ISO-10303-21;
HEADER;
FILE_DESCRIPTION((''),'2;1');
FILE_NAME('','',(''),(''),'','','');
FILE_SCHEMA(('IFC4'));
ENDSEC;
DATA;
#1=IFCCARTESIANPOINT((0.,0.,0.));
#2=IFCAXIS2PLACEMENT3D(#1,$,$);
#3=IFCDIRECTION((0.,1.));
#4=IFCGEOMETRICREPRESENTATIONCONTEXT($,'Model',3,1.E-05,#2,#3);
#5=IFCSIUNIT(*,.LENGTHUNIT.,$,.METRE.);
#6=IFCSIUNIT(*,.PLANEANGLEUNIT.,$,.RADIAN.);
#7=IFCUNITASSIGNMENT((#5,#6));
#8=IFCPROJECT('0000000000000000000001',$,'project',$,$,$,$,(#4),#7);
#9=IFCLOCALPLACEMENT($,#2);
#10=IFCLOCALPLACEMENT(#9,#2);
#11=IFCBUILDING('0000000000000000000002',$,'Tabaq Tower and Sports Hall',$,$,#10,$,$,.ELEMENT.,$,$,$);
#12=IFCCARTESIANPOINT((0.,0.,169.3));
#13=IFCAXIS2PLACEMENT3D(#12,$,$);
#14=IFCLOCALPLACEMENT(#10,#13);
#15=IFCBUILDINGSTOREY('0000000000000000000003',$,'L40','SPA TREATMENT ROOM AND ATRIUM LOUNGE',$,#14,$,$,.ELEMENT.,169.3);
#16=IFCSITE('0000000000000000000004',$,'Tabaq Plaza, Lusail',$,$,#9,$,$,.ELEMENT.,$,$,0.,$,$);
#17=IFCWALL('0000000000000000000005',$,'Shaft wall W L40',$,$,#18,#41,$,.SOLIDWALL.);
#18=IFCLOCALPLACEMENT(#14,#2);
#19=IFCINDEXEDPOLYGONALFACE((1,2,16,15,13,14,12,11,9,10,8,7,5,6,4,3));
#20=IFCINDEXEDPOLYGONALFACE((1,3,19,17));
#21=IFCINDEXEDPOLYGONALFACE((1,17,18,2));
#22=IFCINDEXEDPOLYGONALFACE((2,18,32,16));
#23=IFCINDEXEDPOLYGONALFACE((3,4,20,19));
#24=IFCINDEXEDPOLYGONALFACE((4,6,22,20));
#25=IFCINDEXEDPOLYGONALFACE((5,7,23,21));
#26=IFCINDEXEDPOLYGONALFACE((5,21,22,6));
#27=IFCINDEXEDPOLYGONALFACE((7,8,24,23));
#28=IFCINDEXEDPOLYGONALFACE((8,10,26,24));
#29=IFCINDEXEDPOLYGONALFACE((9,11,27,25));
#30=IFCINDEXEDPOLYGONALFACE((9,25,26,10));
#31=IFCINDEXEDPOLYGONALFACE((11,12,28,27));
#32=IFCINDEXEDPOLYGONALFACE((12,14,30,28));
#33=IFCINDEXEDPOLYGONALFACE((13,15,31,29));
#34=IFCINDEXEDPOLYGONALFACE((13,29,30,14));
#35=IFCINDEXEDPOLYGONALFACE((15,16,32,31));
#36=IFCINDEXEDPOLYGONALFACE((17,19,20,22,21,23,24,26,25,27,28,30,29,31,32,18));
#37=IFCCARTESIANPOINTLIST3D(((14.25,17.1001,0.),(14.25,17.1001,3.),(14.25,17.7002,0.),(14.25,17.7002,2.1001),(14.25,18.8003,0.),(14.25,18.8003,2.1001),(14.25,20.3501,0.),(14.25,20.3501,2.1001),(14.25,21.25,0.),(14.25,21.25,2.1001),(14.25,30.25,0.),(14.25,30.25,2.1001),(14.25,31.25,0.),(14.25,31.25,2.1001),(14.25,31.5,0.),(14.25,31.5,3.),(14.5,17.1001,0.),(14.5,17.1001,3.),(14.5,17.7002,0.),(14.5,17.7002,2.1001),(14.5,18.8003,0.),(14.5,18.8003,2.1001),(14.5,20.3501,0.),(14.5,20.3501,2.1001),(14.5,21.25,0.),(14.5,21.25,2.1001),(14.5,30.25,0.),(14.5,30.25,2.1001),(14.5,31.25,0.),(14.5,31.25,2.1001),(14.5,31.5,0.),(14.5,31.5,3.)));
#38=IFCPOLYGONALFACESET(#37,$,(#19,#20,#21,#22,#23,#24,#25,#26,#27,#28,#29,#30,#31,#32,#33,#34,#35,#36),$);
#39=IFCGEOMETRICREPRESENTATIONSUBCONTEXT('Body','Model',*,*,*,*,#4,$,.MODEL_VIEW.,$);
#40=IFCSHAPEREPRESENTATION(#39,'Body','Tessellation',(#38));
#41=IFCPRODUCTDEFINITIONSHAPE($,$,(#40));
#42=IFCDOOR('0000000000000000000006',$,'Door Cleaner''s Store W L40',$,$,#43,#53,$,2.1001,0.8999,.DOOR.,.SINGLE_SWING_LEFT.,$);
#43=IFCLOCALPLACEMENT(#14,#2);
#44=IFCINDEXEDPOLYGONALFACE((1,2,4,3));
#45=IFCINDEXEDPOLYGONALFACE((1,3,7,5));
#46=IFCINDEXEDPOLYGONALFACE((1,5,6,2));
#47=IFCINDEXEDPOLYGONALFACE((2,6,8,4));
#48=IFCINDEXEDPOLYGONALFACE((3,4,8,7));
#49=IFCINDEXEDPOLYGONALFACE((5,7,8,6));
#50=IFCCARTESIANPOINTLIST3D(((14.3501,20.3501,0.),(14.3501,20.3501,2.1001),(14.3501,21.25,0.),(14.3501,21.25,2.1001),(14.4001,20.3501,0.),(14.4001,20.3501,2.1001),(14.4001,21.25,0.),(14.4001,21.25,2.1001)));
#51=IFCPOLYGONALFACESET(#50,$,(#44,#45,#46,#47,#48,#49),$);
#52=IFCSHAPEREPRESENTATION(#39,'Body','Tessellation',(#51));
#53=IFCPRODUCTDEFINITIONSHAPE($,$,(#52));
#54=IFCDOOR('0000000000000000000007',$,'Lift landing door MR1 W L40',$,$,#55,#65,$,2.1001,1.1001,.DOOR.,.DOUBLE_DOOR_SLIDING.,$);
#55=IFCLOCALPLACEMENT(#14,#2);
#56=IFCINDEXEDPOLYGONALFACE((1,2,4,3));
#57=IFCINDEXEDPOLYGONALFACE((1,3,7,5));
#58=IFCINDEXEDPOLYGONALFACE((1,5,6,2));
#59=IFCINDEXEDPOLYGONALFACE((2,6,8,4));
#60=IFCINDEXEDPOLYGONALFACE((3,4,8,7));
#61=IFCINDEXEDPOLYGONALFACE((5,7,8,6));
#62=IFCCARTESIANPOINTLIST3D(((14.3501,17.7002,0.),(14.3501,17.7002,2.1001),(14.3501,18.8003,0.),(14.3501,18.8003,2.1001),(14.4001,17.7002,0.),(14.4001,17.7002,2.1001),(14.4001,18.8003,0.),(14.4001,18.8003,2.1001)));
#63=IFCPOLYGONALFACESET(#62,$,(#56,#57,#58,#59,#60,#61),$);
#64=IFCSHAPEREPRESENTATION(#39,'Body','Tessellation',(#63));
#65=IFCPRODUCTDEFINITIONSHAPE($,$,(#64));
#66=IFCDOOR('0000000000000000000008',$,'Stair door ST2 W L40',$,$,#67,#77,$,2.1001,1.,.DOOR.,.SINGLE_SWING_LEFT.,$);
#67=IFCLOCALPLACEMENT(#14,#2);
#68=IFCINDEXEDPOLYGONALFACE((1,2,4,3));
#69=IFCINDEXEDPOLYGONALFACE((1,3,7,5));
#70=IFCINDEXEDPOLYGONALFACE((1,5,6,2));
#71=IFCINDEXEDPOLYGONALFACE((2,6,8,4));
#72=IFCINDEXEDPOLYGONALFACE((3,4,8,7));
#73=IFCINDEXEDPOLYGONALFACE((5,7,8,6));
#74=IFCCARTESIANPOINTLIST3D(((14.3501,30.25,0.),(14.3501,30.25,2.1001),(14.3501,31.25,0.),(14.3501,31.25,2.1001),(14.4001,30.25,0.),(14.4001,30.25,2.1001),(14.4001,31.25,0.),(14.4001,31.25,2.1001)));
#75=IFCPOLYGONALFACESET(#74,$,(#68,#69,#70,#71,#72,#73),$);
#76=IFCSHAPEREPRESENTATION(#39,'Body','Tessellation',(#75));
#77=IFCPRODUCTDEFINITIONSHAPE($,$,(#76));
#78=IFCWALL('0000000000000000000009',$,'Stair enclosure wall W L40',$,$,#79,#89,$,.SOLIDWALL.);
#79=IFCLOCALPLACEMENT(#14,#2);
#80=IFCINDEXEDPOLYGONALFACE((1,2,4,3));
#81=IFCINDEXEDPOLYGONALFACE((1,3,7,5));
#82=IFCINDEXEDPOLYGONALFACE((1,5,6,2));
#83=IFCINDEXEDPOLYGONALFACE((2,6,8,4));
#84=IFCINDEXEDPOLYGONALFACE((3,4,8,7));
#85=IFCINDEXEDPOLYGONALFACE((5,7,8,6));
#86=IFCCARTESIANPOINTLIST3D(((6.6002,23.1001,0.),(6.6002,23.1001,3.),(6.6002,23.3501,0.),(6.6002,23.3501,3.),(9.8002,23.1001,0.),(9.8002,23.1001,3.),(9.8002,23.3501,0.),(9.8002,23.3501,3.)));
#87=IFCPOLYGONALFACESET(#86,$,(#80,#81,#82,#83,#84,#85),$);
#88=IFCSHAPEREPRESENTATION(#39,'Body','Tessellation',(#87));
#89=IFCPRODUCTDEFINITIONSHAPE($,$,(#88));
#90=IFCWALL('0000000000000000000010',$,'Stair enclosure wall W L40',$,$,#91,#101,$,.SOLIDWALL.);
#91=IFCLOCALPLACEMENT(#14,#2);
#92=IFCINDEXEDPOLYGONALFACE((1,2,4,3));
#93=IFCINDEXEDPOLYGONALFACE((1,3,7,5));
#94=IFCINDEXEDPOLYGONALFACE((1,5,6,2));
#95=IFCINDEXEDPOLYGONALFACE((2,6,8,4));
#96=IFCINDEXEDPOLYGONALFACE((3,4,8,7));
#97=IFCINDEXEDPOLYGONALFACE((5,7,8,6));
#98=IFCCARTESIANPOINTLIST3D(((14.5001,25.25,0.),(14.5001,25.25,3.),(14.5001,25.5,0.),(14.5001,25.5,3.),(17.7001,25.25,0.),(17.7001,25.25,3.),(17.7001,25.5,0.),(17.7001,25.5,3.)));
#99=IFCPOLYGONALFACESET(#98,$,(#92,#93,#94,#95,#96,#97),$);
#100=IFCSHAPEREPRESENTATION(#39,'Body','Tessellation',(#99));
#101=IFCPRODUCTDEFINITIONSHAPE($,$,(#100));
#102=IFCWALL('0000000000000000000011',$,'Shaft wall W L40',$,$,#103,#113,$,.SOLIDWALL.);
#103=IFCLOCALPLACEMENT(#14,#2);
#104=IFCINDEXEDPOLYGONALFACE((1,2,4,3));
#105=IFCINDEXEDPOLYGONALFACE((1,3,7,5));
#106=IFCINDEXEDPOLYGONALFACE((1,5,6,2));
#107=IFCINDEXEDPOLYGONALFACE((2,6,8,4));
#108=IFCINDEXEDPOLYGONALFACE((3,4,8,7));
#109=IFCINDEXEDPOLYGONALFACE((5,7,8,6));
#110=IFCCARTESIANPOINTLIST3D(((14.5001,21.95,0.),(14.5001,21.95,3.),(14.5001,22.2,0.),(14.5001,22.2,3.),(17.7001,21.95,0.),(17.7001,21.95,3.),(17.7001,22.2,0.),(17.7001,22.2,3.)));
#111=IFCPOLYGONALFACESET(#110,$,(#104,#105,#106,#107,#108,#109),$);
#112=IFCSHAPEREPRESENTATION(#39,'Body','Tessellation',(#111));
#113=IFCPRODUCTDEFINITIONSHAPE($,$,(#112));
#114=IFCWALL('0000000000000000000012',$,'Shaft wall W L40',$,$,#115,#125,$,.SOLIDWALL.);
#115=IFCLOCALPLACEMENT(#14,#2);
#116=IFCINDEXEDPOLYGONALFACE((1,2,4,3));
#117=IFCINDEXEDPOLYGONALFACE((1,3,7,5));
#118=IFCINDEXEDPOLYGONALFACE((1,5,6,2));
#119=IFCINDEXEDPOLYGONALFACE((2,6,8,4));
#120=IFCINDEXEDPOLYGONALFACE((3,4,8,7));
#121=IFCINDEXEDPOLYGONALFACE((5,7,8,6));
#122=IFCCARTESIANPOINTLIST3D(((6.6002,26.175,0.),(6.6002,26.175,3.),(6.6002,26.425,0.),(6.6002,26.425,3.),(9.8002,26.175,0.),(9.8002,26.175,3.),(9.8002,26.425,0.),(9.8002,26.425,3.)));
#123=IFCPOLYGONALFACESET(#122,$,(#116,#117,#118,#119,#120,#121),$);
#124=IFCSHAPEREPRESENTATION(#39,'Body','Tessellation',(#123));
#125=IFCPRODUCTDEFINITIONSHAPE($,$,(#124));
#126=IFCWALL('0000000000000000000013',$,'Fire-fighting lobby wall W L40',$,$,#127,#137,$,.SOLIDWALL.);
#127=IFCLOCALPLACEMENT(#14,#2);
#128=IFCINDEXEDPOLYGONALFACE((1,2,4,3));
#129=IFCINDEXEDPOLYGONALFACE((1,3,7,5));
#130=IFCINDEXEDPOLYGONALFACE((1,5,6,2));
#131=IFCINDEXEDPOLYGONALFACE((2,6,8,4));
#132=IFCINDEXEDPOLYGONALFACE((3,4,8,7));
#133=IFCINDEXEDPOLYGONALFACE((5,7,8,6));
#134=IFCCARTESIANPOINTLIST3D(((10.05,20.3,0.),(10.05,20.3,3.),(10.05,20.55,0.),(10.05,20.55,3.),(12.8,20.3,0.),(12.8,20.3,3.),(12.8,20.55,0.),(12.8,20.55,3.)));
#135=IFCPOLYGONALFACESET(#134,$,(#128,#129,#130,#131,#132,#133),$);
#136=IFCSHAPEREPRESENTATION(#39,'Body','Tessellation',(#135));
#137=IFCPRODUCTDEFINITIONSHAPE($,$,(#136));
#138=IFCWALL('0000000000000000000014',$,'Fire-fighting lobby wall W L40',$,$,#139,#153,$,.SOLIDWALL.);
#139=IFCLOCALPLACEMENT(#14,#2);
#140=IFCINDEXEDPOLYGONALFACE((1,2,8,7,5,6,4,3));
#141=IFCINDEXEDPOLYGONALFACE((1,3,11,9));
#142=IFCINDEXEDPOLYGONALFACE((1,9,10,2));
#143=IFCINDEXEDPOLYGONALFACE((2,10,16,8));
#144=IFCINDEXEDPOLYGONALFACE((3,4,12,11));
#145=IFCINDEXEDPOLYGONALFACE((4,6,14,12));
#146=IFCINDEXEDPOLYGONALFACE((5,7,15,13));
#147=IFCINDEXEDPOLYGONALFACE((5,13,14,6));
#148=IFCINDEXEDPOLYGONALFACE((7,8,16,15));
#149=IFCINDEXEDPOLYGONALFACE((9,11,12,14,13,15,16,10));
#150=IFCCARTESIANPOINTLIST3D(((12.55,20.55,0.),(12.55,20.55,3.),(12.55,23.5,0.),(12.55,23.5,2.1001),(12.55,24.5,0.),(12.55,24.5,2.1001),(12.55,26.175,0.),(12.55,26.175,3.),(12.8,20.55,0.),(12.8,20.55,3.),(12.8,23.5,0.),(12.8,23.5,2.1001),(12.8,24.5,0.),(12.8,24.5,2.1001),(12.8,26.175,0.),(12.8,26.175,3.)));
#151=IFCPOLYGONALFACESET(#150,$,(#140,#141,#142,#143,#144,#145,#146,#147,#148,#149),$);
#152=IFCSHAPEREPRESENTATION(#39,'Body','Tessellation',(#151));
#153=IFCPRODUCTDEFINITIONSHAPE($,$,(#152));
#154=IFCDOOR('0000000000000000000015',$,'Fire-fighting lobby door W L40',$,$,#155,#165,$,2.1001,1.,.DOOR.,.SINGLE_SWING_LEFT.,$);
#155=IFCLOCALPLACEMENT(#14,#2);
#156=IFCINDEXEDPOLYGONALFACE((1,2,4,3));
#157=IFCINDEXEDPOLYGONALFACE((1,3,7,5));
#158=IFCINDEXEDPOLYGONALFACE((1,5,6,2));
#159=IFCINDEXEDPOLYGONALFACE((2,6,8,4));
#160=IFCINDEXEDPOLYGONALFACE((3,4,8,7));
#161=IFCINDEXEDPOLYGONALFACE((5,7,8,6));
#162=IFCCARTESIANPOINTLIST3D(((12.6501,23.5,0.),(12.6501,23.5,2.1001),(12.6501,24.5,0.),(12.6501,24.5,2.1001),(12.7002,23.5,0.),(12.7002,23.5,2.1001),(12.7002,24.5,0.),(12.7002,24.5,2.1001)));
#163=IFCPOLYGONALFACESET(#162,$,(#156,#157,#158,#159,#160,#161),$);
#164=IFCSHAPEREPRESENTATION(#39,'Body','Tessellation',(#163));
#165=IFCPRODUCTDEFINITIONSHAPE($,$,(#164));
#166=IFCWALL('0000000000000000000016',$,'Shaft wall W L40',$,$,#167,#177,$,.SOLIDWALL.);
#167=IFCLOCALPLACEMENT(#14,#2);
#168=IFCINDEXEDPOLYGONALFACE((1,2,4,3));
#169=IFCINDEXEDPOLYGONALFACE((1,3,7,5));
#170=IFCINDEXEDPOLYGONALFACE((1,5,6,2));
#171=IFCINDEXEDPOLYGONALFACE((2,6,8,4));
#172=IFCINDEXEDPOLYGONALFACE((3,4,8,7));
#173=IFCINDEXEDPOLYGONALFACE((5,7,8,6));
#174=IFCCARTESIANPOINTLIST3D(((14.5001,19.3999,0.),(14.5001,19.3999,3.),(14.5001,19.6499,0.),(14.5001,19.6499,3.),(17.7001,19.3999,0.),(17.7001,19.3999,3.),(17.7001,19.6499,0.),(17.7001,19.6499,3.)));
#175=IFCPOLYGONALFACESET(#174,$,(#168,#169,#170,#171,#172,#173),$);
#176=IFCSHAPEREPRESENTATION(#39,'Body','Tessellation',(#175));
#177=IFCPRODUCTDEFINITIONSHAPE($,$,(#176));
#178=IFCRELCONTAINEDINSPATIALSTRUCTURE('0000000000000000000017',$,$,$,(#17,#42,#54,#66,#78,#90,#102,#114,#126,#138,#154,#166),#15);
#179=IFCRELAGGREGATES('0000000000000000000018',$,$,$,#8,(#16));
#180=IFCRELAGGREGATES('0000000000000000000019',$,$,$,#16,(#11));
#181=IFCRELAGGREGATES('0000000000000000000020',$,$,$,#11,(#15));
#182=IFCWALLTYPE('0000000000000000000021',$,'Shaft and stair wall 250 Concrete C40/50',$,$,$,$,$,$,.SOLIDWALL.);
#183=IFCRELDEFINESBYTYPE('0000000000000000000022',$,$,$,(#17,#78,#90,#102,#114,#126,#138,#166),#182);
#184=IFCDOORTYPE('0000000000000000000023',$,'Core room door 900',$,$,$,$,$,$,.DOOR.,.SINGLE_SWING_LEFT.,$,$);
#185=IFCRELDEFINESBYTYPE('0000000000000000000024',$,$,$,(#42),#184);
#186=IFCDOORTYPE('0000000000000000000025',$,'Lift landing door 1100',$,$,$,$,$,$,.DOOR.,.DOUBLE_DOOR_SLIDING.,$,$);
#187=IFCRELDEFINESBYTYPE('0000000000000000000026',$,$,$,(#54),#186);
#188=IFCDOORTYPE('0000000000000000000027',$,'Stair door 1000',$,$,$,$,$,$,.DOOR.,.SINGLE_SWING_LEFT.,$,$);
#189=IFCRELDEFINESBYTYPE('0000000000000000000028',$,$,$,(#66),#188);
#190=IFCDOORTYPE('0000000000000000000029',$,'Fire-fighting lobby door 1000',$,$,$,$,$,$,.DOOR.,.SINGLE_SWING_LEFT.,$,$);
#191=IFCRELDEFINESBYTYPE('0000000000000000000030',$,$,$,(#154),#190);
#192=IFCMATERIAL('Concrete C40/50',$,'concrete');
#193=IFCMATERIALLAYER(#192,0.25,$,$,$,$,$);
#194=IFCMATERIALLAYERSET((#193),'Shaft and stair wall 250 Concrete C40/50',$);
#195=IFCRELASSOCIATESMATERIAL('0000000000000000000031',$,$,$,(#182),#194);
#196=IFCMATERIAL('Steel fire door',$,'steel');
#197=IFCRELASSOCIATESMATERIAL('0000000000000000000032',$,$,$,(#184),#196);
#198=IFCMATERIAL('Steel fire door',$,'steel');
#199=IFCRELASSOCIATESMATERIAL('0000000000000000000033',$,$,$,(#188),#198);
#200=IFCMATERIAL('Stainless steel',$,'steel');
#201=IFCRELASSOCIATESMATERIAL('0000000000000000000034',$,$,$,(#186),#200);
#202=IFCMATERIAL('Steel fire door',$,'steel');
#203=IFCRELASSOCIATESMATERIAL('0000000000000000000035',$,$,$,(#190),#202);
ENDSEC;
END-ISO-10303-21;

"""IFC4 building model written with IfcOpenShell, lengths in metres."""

from ifc_helpers import new_model, si_unit, direction, frame, frame_2d, origin, place, context, subcontext, project, spatial, rectangle, extrude, material, layer, layer_set, type_object, element, fill, save


model = new_model("IFC4")

# Units and contexts
model_context = context("Model", 3, precision=1e-05, world=origin(), true_north=direction((0.0, 1.0)))
body_context = subcontext(model_context, "Body", "Model", "MODEL_VIEW")
ifc_project = project(units=[si_unit("LENGTHUNIT", "METRE"), si_unit("PLANEANGLEUNIT", "RADIAN")], contexts=[model_context])

# Site, building, storey
site_placement = place(None, origin())
site = spatial("IfcSite", under=ifc_project, at=site_placement, Name="Tabaq Plaza, Lusail", CompositionType="ELEMENT", RefElevation=0.0)
building_placement = place(site_placement, origin())
building = spatial("IfcBuilding", under=site, at=building_placement, Name="Tabaq Tower and Sports Hall", CompositionType="ELEMENT")
storey_placement = place(building_placement, frame((0.0, 0.0, 169.3)))
storey = spatial("IfcBuildingStorey", under=building, at=storey_placement, Name="L40", Description="SPA TREATMENT ROOM AND ATRIUM LOUNGE", CompositionType="ELEMENT", Elevation=169.3)

# Wall, openings, doors
ifc_material_1 = material(Name="Concrete C40/50", Category="concrete")
ifc_layer_1 = layer(ifc_material_1, 0.25)
ifc_layer_set_1 = layer_set([ifc_layer_1], Name="Shaft and stair wall 250 Concrete C40/50")
wall_type_1 = type_object("IfcWallType", Name="Shaft and stair wall 250 Concrete C40/50", PredefinedType="SOLIDWALL", material=ifc_layer_set_1)
ifc_material_2 = material(Name="Steel fire door", Category="steel")
door_type_1 = type_object("IfcDoorType", Name="Core room door 900", OperationType="SINGLE_SWING_LEFT", PredefinedType="DOOR", material=ifc_material_2)
ifc_material_3 = material(Name="Steel fire door", Category="steel")
door_type_2 = type_object("IfcDoorType", Name="Stair door 1000", OperationType="SINGLE_SWING_LEFT", PredefinedType="DOOR", material=ifc_material_3)
wall_1_placement = place(storey_placement, frame((14.375, 17.1001, 0.0), z_axis=(0.0, 0.0, 1.0), x_axis=(0.0, 1.0, 0.0)))
wall_1 = element("IfcWall", 1, at=wall_1_placement, inside=storey, type_object=wall_type_1, Name="Shaft wall W L40", PredefinedType="SOLIDWALL", context=body_context, shape_type="SweptSolid", body=[
    extrude(rectangle(XDim=14.3999, YDim=0.25, at=frame_2d((7.2, 0.0))), origin(), (0.0, 0.0, 1.0), 3.0),
])
opening_1_placement = place(wall_1_placement, frame((13.1499, 0.0, 0.0)))
opening_1 = element("IfcOpeningElement", 2, at=opening_1_placement, cuts=wall_1, PredefinedType="OPENING", context=body_context, shape_type="SweptSolid", body=[
    extrude(rectangle(XDim=1.0, YDim=2.1001, at=frame_2d((0.5, 1.05))), frame((0.0, 0.125, 0.0), z_axis=(0.0, -1.0, 0.0), x_axis=(1.0, 0.0, 0.0)), (0.0, 0.0, 1.0), 0.25),
])
opening_2_placement = place(wall_1_placement, frame((0.6001, 0.0, 0.0)))
opening_2 = element("IfcOpeningElement", 3, at=opening_2_placement, cuts=wall_1, PredefinedType="OPENING", context=body_context, shape_type="SweptSolid", body=[
    extrude(rectangle(XDim=1.1001, YDim=2.1001, at=frame_2d((0.55, 1.05))), frame((0.0, 0.125, 0.0), z_axis=(0.0, -1.0, 0.0), x_axis=(1.0, 0.0, 0.0)), (0.0, 0.0, 1.0), 0.25),
])
opening_3_placement = place(wall_1_placement, frame((3.25, 0.0, 0.0)))
opening_3 = element("IfcOpeningElement", 4, at=opening_3_placement, cuts=wall_1, PredefinedType="OPENING", context=body_context, shape_type="SweptSolid", body=[
    extrude(rectangle(XDim=0.8999, YDim=2.1001, at=frame_2d((0.45, 1.05))), frame((0.0, 0.125, 0.0), z_axis=(0.0, -1.0, 0.0), x_axis=(1.0, 0.0, 0.0)), (0.0, 0.0, 1.0), 0.25),
])
door_1_placement = place(opening_3_placement, origin())
door_1 = element("IfcDoor", 5, at=door_1_placement, inside=storey, type_object=door_type_1, Name="Door Cleaner's Store W L40", OperationType="SINGLE_SWING_LEFT", OverallHeight=2.1001, OverallWidth=0.8999, PredefinedType="DOOR", context=body_context, shape_type="SweptSolid", body=[
    extrude(rectangle(XDim=0.8999, YDim=2.1001, at=frame_2d((0.45, 1.05))), frame((0.0, 0.0249, 0.0), z_axis=(0.0, -1.0, 0.0), x_axis=(1.0, 0.0, 0.0)), (0.0, 0.0, 1.0), 0.05),
])
fill(opening_3, door_1)
ifc_material_4 = material(Name="Stainless steel", Category="steel")
door_type_3 = type_object("IfcDoorType", Name="Lift landing door 1100", OperationType="DOUBLE_DOOR_SLIDING", PredefinedType="DOOR", material=ifc_material_4)
door_2_placement = place(opening_2_placement, origin())
door_2 = element("IfcDoor", 6, at=door_2_placement, inside=storey, type_object=door_type_3, Name="Lift landing door MR1 W L40", OperationType="DOUBLE_DOOR_SLIDING", OverallHeight=2.1001, OverallWidth=1.1001, PredefinedType="DOOR", context=body_context, shape_type="SweptSolid", body=[
    extrude(rectangle(XDim=1.1001, YDim=2.1001, at=frame_2d((0.55, 1.05))), frame((0.0, 0.0249, 0.0), z_axis=(0.0, -1.0, 0.0), x_axis=(1.0, 0.0, 0.0)), (0.0, 0.0, 1.0), 0.05),
])
fill(opening_2, door_2)
door_3_placement = place(opening_1_placement, origin())
door_3 = element("IfcDoor", 7, at=door_3_placement, inside=storey, type_object=door_type_2, Name="Stair door ST2 W L40", OperationType="SINGLE_SWING_LEFT", OverallHeight=2.1001, OverallWidth=1.0, PredefinedType="DOOR", context=body_context, shape_type="SweptSolid", body=[
    extrude(rectangle(XDim=1.0, YDim=2.1001, at=frame_2d((0.5, 1.05))), frame((0.0, 0.0249, 0.0), z_axis=(0.0, -1.0, 0.0), x_axis=(1.0, 0.0, 0.0)), (0.0, 0.0, 1.0), 0.05),
])
fill(opening_1, door_3)

# Walls
for number, where, z_axis, x_axis, name in (
    (8, (6.6001, 23.2251, 0.0), (0.0, 0.0, 1.0), (1.0, 0.0, 0.0), "Stair enclosure wall W L40"),
    (9, (14.5, 25.375, 0.0), (0.0, 0.0, 1.0), (1.0, 0.0, 0.0), "Stair enclosure wall W L40"),
    (10, (14.5, 22.075, 0.0), (0.0, 0.0, 1.0), (1.0, 0.0, 0.0), "Shaft wall W L40"),
    (11, (6.6001, 26.3, 0.0), (0.0, 0.0, 1.0), (1.0, 0.0, 0.0), "Shaft wall W L40"),
):
    element("IfcWall", number, at=place(storey_placement, frame(where, z_axis=z_axis, x_axis=x_axis)), inside=storey, type_object=wall_type_1, Name=name, PredefinedType="SOLIDWALL", context=body_context, shape_type="SweptSolid", body=[
        extrude(rectangle(XDim=3.2, YDim=0.25, at=frame_2d((1.6001, 0.0))), origin(), (0.0, 0.0, 1.0), 3.0),
    ])
wall_2_placement = place(storey_placement, frame((10.05, 20.425, 0.0), z_axis=(0.0, 0.0, 1.0), x_axis=(1.0, 0.0, 0.0)))
element("IfcWall", 12, at=wall_2_placement, inside=storey, type_object=wall_type_1, Name="Fire-fighting lobby wall W L40", PredefinedType="SOLIDWALL", context=body_context, shape_type="SweptSolid", body=[
    extrude(rectangle(XDim=2.75, YDim=0.25, at=frame_2d((1.375, 0.0))), origin(), (0.0, 0.0, 1.0), 3.0),
])

# Wall, opening, door
wall_3_placement = place(storey_placement, frame((12.675, 20.55, 0.0), z_axis=(0.0, 0.0, 1.0), x_axis=(0.0, 1.0, 0.0)))
wall_3 = element("IfcWall", 13, at=wall_3_placement, inside=storey, type_object=wall_type_1, Name="Fire-fighting lobby wall W L40", PredefinedType="SOLIDWALL", context=body_context, shape_type="SweptSolid", body=[
    extrude(rectangle(XDim=5.625, YDim=0.25, at=frame_2d((2.8125, 0.0))), origin(), (0.0, 0.0, 1.0), 3.0),
])
opening_4_placement = place(wall_3_placement, frame((2.95, 0.0, 0.0)))
opening_4 = element("IfcOpeningElement", 14, at=opening_4_placement, cuts=wall_3, PredefinedType="OPENING", context=body_context, shape_type="SweptSolid", body=[
    extrude(rectangle(XDim=1.0, YDim=2.1001, at=frame_2d((0.5, 1.05))), frame((0.0, 0.125, 0.0), z_axis=(0.0, -1.0, 0.0), x_axis=(1.0, 0.0, 0.0)), (0.0, 0.0, 1.0), 0.25),
])
ifc_material_5 = material(Name="Steel fire door", Category="steel")
door_type_4 = type_object("IfcDoorType", Name="Fire-fighting lobby door 1000", OperationType="SINGLE_SWING_LEFT", PredefinedType="DOOR", material=ifc_material_5)
door_4_placement = place(opening_4_placement, origin())
door_4 = element("IfcDoor", 15, at=door_4_placement, inside=storey, type_object=door_type_4, Name="Fire-fighting lobby door W L40", OperationType="SINGLE_SWING_LEFT", OverallHeight=2.1001, OverallWidth=1.0, PredefinedType="DOOR", context=body_context, shape_type="SweptSolid", body=[
    extrude(rectangle(XDim=1.0, YDim=2.1001, at=frame_2d((0.5, 1.05))), frame((0.0, 0.0249, 0.0), z_axis=(0.0, -1.0, 0.0), x_axis=(1.0, 0.0, 0.0)), (0.0, 0.0, 1.0), 0.05),
])
fill(opening_4, door_4)

# Wall
wall_4_placement = place(storey_placement, frame((14.5, 19.5249, 0.0), z_axis=(0.0, 0.0, 1.0), x_axis=(1.0, 0.0, 0.0)))
element("IfcWall", 16, at=wall_4_placement, inside=storey, type_object=wall_type_1, Name="Shaft wall W L40", PredefinedType="SOLIDWALL", context=body_context, shape_type="SweptSolid", body=[
    extrude(rectangle(XDim=3.2, YDim=0.25, at=frame_2d((1.6001, 0.0))), origin(), (0.0, 0.0, 1.0), 3.0),
])

save(model, "model.ifc")
